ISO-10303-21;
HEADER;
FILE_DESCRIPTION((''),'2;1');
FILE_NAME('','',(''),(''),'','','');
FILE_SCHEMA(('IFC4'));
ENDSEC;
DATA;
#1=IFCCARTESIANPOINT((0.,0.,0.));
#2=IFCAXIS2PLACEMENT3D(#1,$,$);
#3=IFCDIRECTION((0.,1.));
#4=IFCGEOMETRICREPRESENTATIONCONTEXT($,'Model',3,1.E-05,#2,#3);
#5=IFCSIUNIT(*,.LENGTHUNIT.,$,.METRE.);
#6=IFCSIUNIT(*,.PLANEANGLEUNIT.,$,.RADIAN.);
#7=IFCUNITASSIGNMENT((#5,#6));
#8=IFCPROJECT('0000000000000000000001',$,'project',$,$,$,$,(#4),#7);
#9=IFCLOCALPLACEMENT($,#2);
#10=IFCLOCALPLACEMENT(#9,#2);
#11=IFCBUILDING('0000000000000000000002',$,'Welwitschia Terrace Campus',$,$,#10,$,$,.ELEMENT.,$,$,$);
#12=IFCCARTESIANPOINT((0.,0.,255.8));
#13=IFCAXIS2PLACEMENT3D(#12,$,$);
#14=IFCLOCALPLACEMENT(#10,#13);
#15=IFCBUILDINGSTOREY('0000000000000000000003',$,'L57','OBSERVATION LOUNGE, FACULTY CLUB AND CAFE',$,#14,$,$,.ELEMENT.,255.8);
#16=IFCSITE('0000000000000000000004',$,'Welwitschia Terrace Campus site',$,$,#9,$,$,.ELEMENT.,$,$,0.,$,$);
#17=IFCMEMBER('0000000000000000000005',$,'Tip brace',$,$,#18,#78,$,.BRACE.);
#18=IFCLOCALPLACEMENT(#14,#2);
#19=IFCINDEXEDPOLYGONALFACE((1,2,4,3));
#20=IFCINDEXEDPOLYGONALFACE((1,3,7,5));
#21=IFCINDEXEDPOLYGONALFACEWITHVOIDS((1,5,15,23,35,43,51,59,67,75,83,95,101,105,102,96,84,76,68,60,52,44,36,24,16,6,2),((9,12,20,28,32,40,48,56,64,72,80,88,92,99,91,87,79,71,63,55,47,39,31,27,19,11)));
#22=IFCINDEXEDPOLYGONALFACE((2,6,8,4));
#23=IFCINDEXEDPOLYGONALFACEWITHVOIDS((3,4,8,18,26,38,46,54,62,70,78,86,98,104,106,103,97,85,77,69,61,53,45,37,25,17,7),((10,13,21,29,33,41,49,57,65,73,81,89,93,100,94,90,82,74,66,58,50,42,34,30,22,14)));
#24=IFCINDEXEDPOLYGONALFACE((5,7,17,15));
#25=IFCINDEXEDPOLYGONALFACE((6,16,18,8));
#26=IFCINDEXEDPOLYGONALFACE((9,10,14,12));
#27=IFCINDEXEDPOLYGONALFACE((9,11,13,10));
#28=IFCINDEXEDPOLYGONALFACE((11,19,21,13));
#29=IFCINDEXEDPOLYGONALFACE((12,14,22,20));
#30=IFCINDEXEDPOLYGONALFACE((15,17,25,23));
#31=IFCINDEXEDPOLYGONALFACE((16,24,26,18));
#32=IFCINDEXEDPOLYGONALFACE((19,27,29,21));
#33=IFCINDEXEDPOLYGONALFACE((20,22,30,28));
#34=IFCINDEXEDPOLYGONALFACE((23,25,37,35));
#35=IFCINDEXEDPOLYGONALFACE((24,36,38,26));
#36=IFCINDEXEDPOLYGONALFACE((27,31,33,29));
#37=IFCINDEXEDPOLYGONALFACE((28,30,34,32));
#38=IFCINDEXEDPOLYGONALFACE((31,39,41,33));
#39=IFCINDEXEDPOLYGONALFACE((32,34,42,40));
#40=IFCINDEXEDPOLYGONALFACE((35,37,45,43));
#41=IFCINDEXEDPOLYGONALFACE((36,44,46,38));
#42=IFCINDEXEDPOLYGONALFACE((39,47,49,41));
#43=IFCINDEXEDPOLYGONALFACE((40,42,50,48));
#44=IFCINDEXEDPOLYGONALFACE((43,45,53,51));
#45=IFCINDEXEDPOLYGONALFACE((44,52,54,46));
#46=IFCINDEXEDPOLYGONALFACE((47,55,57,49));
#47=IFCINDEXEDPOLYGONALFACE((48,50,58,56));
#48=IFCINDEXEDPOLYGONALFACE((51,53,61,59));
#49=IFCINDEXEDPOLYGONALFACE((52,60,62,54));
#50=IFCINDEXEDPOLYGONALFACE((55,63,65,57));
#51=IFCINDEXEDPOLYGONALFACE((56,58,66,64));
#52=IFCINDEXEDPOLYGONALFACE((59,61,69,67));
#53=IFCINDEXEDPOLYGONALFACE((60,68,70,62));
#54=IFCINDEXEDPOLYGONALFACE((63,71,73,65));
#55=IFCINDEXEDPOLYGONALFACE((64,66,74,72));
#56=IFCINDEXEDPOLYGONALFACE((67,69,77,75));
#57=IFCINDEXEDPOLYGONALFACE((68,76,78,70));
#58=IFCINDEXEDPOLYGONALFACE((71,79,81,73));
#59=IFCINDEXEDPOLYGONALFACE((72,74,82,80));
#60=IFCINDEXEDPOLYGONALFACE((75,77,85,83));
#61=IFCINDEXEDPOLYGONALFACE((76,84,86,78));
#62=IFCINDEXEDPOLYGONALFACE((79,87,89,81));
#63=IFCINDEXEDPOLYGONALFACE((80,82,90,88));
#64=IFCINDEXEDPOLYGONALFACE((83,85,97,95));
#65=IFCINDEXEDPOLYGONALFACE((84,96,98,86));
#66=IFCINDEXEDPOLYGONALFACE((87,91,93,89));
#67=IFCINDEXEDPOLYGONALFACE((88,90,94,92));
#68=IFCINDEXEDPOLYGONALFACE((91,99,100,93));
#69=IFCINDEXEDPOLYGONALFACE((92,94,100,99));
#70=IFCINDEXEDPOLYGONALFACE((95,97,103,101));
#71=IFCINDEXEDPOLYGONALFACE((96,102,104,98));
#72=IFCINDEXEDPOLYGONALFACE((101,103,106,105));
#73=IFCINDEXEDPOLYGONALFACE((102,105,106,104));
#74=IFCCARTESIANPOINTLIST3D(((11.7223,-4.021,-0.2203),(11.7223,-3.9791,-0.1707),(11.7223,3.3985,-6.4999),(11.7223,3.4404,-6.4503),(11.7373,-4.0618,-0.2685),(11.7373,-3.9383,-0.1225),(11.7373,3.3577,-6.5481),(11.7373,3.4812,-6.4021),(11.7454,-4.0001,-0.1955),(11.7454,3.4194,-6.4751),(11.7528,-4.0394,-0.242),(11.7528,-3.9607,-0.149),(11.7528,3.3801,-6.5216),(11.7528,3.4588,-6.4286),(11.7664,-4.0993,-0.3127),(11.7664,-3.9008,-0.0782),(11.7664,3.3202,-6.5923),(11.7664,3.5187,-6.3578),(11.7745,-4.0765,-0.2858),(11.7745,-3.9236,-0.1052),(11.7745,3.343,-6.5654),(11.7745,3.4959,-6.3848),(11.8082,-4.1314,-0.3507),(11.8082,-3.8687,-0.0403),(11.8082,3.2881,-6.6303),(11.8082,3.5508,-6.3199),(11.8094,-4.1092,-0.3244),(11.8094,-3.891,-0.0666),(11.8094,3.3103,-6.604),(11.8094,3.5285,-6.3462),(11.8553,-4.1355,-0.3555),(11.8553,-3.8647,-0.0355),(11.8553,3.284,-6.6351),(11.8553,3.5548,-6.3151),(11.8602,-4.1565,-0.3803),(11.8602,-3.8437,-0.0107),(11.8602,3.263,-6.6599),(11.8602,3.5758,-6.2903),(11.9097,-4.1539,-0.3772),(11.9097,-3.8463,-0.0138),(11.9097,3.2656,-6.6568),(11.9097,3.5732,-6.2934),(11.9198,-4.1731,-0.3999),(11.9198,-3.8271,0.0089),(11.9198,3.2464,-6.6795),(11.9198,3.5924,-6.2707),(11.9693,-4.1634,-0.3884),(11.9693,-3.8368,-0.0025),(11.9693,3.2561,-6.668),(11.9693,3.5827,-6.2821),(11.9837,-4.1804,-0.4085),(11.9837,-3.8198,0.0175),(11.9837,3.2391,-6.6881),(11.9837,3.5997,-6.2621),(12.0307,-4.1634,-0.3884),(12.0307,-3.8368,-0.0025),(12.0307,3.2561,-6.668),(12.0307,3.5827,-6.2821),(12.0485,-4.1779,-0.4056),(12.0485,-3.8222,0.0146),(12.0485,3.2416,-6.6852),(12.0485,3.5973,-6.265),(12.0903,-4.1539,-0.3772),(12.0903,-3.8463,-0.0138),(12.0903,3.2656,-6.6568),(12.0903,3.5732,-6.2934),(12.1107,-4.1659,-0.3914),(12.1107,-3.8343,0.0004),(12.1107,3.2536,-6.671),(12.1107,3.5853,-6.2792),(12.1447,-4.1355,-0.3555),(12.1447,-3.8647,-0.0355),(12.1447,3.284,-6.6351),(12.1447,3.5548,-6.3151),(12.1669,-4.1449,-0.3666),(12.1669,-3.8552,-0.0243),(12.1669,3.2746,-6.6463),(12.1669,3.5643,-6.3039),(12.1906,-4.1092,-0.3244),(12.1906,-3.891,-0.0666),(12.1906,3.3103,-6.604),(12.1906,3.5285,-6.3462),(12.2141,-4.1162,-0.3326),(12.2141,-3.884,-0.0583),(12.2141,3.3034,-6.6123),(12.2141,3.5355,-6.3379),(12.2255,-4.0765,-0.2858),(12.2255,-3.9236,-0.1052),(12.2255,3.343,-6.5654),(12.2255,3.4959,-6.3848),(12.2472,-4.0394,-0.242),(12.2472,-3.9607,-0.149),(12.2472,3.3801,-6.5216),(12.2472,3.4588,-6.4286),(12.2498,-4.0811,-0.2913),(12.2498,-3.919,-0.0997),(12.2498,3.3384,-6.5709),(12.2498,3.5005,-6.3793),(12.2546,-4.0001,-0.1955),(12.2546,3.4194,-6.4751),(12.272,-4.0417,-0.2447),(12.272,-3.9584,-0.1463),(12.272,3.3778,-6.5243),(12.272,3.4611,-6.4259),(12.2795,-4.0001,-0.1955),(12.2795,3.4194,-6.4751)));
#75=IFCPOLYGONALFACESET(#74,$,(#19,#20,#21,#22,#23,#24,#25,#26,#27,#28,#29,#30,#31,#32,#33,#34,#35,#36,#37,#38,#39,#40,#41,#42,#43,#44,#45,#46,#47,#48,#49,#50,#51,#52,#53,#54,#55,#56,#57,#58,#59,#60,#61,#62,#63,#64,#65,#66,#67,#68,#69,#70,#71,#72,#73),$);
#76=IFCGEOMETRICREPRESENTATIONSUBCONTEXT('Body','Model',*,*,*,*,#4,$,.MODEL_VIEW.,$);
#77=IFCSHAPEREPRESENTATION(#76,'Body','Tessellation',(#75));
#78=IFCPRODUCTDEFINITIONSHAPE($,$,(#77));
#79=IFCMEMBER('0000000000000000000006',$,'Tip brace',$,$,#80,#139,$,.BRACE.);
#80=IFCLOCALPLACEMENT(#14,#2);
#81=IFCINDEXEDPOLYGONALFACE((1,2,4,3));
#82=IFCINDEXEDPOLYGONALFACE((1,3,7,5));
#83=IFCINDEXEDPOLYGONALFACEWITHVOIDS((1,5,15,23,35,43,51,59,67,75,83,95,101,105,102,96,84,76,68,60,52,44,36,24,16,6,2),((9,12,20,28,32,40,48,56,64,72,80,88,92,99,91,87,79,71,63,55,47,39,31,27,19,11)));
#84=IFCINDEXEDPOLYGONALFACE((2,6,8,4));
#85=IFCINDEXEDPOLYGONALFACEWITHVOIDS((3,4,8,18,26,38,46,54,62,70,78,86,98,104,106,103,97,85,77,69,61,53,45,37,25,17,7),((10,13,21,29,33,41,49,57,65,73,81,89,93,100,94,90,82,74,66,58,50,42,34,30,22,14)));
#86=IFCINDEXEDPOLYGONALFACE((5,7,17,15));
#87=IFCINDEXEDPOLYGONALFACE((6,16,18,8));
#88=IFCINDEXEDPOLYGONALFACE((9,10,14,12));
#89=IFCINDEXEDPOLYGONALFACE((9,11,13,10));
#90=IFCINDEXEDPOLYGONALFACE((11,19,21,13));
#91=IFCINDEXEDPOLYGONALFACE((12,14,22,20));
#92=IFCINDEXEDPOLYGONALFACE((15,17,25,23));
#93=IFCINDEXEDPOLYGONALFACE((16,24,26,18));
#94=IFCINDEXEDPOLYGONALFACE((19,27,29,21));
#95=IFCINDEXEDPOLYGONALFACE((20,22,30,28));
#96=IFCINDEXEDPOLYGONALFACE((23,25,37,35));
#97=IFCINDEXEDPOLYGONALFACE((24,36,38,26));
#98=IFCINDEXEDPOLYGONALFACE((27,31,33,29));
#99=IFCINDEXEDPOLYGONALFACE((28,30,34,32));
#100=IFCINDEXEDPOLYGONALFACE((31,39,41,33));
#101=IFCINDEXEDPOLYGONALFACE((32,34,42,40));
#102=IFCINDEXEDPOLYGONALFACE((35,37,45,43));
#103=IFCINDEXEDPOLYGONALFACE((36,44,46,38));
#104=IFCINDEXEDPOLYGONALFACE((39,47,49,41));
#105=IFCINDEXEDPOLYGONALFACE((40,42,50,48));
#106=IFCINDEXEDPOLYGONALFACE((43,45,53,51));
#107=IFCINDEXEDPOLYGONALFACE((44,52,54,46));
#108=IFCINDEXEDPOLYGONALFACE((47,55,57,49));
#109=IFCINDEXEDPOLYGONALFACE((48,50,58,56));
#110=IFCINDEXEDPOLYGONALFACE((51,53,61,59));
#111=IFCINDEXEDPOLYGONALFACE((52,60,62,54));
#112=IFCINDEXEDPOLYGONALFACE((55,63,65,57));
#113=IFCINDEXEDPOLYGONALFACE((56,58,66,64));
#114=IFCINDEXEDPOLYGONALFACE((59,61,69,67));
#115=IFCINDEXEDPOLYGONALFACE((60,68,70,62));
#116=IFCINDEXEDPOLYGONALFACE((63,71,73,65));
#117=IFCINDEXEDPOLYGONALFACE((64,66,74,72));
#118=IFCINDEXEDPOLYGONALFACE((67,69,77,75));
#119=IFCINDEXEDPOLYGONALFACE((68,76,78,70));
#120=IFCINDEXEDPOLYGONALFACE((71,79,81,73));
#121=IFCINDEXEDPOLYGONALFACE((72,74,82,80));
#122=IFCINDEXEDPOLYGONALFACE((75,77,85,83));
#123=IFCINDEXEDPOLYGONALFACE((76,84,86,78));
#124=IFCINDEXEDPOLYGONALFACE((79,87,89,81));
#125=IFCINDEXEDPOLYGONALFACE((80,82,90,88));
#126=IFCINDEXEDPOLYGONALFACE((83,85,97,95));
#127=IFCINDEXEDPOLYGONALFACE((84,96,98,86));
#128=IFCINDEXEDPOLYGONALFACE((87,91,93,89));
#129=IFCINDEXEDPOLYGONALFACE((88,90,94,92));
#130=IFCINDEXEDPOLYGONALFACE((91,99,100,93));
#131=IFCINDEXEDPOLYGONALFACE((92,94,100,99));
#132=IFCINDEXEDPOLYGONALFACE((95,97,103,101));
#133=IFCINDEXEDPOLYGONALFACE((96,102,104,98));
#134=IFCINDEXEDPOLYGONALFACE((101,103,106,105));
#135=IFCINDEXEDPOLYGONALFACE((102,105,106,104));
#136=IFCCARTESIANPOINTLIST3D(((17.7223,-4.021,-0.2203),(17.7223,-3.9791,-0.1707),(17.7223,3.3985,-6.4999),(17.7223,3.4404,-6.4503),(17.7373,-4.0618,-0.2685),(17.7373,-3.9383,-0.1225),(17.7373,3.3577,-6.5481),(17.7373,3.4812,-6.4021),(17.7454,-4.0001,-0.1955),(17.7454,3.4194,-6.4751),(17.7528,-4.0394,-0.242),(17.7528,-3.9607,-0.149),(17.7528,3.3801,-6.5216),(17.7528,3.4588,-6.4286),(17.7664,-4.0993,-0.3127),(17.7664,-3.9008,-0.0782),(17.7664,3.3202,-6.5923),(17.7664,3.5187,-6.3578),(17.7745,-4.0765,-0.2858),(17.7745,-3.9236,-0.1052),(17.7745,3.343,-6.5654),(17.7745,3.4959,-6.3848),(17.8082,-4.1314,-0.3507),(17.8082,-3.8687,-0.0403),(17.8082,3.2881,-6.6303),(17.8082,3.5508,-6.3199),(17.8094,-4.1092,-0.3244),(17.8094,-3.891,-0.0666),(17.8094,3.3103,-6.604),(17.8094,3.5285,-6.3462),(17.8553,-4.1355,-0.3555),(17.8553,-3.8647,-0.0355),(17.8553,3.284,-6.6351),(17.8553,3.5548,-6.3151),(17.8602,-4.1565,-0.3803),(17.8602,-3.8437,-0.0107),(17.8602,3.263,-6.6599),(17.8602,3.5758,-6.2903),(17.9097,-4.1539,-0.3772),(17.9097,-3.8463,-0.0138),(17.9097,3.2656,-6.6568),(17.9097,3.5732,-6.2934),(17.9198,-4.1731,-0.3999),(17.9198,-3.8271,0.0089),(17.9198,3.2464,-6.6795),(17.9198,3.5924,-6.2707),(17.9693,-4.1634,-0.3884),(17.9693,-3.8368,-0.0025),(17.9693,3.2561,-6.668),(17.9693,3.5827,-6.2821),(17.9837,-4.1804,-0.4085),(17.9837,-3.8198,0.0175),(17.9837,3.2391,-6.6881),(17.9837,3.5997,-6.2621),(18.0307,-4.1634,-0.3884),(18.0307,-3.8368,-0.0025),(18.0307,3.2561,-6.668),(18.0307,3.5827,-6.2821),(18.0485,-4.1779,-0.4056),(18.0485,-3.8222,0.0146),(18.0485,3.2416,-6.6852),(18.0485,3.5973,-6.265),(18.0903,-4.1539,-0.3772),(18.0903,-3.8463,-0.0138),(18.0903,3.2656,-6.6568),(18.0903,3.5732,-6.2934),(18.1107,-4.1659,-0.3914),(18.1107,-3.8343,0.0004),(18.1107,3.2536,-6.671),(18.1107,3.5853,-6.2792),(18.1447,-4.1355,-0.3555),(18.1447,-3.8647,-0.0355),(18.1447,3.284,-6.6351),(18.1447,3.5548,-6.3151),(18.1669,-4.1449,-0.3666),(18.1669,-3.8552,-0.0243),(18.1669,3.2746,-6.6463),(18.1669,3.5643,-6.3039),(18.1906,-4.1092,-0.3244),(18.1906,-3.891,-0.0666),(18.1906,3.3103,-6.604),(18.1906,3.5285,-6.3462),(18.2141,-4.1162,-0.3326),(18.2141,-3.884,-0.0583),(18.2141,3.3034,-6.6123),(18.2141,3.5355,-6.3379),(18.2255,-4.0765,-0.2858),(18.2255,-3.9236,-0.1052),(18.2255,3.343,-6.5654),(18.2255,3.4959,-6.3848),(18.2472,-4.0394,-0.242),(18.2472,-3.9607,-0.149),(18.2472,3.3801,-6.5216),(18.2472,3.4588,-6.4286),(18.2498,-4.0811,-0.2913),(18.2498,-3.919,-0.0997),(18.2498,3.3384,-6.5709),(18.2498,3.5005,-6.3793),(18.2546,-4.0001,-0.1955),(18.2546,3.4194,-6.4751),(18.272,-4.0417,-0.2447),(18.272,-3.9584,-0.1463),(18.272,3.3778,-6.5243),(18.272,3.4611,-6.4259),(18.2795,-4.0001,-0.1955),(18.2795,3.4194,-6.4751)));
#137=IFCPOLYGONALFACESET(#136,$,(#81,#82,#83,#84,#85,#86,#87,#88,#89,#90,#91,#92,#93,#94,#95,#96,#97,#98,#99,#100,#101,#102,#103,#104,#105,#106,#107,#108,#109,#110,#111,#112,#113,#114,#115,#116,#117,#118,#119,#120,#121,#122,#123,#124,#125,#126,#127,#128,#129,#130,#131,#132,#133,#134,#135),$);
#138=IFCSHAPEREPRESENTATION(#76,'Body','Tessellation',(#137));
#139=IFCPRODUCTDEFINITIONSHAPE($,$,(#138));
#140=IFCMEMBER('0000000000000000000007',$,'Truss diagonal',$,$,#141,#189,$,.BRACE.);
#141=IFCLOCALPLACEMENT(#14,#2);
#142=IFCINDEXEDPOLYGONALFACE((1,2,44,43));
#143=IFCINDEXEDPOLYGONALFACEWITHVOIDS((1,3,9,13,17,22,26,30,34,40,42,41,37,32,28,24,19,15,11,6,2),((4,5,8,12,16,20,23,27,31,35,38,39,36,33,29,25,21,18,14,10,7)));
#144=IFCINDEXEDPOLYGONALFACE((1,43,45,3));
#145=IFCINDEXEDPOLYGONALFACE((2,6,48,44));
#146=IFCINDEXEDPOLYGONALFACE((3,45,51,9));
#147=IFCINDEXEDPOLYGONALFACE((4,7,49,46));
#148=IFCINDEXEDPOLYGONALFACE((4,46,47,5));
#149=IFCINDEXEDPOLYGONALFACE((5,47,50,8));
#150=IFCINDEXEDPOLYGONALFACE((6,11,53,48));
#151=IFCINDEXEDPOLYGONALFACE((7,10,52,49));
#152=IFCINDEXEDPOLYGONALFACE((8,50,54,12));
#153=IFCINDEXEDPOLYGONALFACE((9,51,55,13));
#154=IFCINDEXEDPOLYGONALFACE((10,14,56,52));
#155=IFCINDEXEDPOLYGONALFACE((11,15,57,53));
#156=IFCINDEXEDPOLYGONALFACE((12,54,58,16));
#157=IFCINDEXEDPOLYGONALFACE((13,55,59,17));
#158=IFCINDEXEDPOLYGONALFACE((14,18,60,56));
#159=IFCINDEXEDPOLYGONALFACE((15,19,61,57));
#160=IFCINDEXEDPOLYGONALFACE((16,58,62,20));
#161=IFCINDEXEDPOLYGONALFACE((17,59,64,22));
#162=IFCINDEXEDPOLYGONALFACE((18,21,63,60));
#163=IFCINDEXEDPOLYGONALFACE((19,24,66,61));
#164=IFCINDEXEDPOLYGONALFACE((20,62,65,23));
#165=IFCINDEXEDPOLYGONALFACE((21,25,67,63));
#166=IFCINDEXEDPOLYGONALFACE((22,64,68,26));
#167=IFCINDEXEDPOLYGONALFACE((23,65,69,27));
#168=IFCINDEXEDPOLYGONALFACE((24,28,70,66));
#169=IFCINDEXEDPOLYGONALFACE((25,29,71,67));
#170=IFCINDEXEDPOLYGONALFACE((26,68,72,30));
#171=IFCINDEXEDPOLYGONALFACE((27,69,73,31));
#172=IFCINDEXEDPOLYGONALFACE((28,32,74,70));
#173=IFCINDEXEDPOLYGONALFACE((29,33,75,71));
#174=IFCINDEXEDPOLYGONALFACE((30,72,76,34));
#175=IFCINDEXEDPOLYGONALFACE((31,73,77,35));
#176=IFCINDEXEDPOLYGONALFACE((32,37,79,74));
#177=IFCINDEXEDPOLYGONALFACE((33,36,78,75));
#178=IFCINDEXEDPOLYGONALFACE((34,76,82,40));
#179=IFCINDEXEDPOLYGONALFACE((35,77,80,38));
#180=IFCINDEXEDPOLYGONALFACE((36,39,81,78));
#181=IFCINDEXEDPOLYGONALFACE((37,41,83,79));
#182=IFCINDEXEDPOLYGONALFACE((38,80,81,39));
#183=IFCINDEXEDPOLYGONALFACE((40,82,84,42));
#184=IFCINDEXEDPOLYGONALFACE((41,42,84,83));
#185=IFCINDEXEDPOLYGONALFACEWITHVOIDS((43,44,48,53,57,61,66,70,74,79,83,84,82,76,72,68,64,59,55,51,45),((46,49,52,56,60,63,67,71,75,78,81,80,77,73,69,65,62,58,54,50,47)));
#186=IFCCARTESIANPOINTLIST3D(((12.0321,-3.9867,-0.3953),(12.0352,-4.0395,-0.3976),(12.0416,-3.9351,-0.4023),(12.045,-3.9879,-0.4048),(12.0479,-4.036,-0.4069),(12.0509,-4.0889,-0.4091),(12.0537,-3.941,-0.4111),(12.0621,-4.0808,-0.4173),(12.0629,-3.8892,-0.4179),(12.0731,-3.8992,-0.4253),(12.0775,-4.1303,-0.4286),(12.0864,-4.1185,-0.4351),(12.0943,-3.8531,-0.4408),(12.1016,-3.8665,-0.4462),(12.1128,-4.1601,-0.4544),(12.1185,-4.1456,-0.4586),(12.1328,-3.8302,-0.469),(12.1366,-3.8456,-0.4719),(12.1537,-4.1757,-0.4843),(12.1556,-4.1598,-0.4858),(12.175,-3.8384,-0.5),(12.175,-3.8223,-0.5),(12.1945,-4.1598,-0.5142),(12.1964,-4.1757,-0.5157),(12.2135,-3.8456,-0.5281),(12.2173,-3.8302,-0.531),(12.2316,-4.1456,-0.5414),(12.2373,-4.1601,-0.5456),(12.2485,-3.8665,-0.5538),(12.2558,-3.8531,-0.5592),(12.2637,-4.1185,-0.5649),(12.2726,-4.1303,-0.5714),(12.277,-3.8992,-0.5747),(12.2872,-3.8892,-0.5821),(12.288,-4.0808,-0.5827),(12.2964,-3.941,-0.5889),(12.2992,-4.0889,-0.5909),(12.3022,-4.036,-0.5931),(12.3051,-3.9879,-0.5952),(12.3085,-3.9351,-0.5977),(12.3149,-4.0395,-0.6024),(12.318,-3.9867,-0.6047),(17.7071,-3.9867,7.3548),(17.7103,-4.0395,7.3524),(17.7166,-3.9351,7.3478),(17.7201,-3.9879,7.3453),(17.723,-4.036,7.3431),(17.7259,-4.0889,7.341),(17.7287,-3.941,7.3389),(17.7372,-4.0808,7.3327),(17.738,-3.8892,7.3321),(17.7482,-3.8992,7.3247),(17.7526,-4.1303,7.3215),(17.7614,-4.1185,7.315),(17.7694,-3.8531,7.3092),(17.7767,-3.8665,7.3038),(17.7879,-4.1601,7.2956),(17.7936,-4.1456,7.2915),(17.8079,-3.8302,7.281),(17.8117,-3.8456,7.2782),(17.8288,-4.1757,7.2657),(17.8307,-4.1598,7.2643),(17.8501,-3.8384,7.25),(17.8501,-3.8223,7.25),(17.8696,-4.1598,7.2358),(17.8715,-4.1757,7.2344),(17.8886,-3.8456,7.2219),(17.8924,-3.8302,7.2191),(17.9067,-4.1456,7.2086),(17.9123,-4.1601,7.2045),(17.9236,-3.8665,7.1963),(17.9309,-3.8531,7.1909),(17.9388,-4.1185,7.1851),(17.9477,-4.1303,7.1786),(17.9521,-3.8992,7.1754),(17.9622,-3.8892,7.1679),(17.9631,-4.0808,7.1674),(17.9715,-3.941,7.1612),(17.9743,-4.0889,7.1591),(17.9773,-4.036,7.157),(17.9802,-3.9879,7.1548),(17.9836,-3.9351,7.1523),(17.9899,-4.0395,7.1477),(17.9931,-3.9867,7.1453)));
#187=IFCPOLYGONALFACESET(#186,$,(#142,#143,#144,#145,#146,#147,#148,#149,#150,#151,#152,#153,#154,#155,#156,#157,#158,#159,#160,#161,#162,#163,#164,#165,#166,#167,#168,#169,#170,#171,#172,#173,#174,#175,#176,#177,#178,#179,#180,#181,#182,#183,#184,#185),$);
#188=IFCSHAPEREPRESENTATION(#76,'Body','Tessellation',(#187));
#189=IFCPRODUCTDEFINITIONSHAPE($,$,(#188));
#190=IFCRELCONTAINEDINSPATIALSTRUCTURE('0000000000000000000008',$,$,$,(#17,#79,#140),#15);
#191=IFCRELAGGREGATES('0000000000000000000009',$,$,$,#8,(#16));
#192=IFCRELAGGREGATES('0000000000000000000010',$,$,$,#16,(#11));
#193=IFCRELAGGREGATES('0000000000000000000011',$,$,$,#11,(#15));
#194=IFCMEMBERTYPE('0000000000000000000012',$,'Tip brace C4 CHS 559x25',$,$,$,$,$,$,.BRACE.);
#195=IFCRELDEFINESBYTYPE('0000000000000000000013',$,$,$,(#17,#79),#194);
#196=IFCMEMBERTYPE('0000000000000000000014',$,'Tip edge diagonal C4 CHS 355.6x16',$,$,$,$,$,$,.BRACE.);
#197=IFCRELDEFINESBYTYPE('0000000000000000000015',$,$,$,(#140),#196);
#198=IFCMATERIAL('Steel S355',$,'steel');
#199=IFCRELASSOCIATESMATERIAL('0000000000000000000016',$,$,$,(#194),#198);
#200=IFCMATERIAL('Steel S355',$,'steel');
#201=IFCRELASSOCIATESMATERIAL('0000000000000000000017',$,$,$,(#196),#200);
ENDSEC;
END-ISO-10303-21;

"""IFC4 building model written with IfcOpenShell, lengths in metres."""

from ifc_helpers import new_model, si_unit, direction, frame, origin, origin_2d, place, context, subcontext, project, spatial, hollow_circle, extrude, material, material_profile, profile_set, type_object, element, save


model = new_model("IFC4")

# Units and contexts
model_context = context("Model", 3, precision=1e-05, world=origin(), true_north=direction((0.0, 1.0)))
body_context = subcontext(model_context, "Body", "Model", "MODEL_VIEW")
ifc_project = project(units=[si_unit("LENGTHUNIT", "METRE"), si_unit("PLANEANGLEUNIT", "RADIAN")], contexts=[model_context])

# Site, building, storey
site_placement = place(None, origin())
site = spatial("IfcSite", under=ifc_project, at=site_placement, Name="Welwitschia Terrace Campus site", CompositionType="ELEMENT", RefElevation=0.0)
building_placement = place(site_placement, origin())
building = spatial("IfcBuilding", under=site, at=building_placement, Name="Welwitschia Terrace Campus", CompositionType="ELEMENT")
storey_placement = place(building_placement, frame((0.0, 0.0, 255.8)))
storey = spatial("IfcBuildingStorey", under=building, at=storey_placement, Name="L57", Description="OBSERVATION LOUNGE, FACULTY CLUB AND CAFE", CompositionType="ELEMENT", Elevation=255.8)

# Members
ifc_material_1 = material(Name="Steel S355", Category="steel")
ifc_material_profile_1 = material_profile(ifc_material_1, hollow_circle(Radius=0.2795, WallThickness=0.0249, at=origin_2d()))
ifc_profile_set_1 = profile_set([ifc_material_profile_1], Name="Steel S355")
member_type_1 = type_object("IfcMemberType", Name="Tip brace C4 CHS 559x25", PredefinedType="BRACE", material=ifc_profile_set_1)
for number, where, z_axis, x_axis, name in (
    (1, (12.0, 3.4194, -6.4751), (0.0, -0.763307, 0.646036), (1.0, 0.0, 0.0), "Tip brace"),
    (2, (18.0, 3.4194, -6.4751), (0.0, -0.763307, 0.646036), (1.0, 0.0, 0.0), "Tip brace"),
):
    element("IfcMember", number, at=place(storey_placement, frame(where, z_axis=z_axis, x_axis=x_axis)), inside=storey, type_object=member_type_1, Name=name, PredefinedType="BRACE", context=body_context, shape_type="SweptSolid", body=[
        extrude(hollow_circle(Radius=0.2795, WallThickness=0.0249, at=origin_2d()), origin(), (0.0, 0.0, 1.0), 9.7202),
    ])
ifc_material_2 = material(Name="Steel S355", Category="steel")
ifc_material_profile_2 = material_profile(ifc_material_2, hollow_circle(Radius=0.1777, WallThickness=0.0161, at=origin_2d()))
ifc_profile_set_2 = profile_set([ifc_material_profile_2], Name="Steel S355")
member_type_2 = type_object("IfcMemberType", Name="Tip edge diagonal C4 CHS 355.6x16", PredefinedType="BRACE", material=ifc_profile_set_2)
member_1_placement = place(storey_placement, frame((12.175, -4.0, -0.5), z_axis=(0.590803, 0.0, 0.806816), x_axis=(0.0, 1.0, 0.0)))
element("IfcMember", 3, at=member_1_placement, inside=storey, type_object=member_type_2, Name="Truss diagonal", PredefinedType="BRACE", context=body_context, shape_type="SweptSolid", body=[
    extrude(hollow_circle(Radius=0.1777, WallThickness=0.0161, at=origin_2d()), origin(), (0.0, 0.0, 1.0), 9.6057),
])

save(model, "model.ifc")
